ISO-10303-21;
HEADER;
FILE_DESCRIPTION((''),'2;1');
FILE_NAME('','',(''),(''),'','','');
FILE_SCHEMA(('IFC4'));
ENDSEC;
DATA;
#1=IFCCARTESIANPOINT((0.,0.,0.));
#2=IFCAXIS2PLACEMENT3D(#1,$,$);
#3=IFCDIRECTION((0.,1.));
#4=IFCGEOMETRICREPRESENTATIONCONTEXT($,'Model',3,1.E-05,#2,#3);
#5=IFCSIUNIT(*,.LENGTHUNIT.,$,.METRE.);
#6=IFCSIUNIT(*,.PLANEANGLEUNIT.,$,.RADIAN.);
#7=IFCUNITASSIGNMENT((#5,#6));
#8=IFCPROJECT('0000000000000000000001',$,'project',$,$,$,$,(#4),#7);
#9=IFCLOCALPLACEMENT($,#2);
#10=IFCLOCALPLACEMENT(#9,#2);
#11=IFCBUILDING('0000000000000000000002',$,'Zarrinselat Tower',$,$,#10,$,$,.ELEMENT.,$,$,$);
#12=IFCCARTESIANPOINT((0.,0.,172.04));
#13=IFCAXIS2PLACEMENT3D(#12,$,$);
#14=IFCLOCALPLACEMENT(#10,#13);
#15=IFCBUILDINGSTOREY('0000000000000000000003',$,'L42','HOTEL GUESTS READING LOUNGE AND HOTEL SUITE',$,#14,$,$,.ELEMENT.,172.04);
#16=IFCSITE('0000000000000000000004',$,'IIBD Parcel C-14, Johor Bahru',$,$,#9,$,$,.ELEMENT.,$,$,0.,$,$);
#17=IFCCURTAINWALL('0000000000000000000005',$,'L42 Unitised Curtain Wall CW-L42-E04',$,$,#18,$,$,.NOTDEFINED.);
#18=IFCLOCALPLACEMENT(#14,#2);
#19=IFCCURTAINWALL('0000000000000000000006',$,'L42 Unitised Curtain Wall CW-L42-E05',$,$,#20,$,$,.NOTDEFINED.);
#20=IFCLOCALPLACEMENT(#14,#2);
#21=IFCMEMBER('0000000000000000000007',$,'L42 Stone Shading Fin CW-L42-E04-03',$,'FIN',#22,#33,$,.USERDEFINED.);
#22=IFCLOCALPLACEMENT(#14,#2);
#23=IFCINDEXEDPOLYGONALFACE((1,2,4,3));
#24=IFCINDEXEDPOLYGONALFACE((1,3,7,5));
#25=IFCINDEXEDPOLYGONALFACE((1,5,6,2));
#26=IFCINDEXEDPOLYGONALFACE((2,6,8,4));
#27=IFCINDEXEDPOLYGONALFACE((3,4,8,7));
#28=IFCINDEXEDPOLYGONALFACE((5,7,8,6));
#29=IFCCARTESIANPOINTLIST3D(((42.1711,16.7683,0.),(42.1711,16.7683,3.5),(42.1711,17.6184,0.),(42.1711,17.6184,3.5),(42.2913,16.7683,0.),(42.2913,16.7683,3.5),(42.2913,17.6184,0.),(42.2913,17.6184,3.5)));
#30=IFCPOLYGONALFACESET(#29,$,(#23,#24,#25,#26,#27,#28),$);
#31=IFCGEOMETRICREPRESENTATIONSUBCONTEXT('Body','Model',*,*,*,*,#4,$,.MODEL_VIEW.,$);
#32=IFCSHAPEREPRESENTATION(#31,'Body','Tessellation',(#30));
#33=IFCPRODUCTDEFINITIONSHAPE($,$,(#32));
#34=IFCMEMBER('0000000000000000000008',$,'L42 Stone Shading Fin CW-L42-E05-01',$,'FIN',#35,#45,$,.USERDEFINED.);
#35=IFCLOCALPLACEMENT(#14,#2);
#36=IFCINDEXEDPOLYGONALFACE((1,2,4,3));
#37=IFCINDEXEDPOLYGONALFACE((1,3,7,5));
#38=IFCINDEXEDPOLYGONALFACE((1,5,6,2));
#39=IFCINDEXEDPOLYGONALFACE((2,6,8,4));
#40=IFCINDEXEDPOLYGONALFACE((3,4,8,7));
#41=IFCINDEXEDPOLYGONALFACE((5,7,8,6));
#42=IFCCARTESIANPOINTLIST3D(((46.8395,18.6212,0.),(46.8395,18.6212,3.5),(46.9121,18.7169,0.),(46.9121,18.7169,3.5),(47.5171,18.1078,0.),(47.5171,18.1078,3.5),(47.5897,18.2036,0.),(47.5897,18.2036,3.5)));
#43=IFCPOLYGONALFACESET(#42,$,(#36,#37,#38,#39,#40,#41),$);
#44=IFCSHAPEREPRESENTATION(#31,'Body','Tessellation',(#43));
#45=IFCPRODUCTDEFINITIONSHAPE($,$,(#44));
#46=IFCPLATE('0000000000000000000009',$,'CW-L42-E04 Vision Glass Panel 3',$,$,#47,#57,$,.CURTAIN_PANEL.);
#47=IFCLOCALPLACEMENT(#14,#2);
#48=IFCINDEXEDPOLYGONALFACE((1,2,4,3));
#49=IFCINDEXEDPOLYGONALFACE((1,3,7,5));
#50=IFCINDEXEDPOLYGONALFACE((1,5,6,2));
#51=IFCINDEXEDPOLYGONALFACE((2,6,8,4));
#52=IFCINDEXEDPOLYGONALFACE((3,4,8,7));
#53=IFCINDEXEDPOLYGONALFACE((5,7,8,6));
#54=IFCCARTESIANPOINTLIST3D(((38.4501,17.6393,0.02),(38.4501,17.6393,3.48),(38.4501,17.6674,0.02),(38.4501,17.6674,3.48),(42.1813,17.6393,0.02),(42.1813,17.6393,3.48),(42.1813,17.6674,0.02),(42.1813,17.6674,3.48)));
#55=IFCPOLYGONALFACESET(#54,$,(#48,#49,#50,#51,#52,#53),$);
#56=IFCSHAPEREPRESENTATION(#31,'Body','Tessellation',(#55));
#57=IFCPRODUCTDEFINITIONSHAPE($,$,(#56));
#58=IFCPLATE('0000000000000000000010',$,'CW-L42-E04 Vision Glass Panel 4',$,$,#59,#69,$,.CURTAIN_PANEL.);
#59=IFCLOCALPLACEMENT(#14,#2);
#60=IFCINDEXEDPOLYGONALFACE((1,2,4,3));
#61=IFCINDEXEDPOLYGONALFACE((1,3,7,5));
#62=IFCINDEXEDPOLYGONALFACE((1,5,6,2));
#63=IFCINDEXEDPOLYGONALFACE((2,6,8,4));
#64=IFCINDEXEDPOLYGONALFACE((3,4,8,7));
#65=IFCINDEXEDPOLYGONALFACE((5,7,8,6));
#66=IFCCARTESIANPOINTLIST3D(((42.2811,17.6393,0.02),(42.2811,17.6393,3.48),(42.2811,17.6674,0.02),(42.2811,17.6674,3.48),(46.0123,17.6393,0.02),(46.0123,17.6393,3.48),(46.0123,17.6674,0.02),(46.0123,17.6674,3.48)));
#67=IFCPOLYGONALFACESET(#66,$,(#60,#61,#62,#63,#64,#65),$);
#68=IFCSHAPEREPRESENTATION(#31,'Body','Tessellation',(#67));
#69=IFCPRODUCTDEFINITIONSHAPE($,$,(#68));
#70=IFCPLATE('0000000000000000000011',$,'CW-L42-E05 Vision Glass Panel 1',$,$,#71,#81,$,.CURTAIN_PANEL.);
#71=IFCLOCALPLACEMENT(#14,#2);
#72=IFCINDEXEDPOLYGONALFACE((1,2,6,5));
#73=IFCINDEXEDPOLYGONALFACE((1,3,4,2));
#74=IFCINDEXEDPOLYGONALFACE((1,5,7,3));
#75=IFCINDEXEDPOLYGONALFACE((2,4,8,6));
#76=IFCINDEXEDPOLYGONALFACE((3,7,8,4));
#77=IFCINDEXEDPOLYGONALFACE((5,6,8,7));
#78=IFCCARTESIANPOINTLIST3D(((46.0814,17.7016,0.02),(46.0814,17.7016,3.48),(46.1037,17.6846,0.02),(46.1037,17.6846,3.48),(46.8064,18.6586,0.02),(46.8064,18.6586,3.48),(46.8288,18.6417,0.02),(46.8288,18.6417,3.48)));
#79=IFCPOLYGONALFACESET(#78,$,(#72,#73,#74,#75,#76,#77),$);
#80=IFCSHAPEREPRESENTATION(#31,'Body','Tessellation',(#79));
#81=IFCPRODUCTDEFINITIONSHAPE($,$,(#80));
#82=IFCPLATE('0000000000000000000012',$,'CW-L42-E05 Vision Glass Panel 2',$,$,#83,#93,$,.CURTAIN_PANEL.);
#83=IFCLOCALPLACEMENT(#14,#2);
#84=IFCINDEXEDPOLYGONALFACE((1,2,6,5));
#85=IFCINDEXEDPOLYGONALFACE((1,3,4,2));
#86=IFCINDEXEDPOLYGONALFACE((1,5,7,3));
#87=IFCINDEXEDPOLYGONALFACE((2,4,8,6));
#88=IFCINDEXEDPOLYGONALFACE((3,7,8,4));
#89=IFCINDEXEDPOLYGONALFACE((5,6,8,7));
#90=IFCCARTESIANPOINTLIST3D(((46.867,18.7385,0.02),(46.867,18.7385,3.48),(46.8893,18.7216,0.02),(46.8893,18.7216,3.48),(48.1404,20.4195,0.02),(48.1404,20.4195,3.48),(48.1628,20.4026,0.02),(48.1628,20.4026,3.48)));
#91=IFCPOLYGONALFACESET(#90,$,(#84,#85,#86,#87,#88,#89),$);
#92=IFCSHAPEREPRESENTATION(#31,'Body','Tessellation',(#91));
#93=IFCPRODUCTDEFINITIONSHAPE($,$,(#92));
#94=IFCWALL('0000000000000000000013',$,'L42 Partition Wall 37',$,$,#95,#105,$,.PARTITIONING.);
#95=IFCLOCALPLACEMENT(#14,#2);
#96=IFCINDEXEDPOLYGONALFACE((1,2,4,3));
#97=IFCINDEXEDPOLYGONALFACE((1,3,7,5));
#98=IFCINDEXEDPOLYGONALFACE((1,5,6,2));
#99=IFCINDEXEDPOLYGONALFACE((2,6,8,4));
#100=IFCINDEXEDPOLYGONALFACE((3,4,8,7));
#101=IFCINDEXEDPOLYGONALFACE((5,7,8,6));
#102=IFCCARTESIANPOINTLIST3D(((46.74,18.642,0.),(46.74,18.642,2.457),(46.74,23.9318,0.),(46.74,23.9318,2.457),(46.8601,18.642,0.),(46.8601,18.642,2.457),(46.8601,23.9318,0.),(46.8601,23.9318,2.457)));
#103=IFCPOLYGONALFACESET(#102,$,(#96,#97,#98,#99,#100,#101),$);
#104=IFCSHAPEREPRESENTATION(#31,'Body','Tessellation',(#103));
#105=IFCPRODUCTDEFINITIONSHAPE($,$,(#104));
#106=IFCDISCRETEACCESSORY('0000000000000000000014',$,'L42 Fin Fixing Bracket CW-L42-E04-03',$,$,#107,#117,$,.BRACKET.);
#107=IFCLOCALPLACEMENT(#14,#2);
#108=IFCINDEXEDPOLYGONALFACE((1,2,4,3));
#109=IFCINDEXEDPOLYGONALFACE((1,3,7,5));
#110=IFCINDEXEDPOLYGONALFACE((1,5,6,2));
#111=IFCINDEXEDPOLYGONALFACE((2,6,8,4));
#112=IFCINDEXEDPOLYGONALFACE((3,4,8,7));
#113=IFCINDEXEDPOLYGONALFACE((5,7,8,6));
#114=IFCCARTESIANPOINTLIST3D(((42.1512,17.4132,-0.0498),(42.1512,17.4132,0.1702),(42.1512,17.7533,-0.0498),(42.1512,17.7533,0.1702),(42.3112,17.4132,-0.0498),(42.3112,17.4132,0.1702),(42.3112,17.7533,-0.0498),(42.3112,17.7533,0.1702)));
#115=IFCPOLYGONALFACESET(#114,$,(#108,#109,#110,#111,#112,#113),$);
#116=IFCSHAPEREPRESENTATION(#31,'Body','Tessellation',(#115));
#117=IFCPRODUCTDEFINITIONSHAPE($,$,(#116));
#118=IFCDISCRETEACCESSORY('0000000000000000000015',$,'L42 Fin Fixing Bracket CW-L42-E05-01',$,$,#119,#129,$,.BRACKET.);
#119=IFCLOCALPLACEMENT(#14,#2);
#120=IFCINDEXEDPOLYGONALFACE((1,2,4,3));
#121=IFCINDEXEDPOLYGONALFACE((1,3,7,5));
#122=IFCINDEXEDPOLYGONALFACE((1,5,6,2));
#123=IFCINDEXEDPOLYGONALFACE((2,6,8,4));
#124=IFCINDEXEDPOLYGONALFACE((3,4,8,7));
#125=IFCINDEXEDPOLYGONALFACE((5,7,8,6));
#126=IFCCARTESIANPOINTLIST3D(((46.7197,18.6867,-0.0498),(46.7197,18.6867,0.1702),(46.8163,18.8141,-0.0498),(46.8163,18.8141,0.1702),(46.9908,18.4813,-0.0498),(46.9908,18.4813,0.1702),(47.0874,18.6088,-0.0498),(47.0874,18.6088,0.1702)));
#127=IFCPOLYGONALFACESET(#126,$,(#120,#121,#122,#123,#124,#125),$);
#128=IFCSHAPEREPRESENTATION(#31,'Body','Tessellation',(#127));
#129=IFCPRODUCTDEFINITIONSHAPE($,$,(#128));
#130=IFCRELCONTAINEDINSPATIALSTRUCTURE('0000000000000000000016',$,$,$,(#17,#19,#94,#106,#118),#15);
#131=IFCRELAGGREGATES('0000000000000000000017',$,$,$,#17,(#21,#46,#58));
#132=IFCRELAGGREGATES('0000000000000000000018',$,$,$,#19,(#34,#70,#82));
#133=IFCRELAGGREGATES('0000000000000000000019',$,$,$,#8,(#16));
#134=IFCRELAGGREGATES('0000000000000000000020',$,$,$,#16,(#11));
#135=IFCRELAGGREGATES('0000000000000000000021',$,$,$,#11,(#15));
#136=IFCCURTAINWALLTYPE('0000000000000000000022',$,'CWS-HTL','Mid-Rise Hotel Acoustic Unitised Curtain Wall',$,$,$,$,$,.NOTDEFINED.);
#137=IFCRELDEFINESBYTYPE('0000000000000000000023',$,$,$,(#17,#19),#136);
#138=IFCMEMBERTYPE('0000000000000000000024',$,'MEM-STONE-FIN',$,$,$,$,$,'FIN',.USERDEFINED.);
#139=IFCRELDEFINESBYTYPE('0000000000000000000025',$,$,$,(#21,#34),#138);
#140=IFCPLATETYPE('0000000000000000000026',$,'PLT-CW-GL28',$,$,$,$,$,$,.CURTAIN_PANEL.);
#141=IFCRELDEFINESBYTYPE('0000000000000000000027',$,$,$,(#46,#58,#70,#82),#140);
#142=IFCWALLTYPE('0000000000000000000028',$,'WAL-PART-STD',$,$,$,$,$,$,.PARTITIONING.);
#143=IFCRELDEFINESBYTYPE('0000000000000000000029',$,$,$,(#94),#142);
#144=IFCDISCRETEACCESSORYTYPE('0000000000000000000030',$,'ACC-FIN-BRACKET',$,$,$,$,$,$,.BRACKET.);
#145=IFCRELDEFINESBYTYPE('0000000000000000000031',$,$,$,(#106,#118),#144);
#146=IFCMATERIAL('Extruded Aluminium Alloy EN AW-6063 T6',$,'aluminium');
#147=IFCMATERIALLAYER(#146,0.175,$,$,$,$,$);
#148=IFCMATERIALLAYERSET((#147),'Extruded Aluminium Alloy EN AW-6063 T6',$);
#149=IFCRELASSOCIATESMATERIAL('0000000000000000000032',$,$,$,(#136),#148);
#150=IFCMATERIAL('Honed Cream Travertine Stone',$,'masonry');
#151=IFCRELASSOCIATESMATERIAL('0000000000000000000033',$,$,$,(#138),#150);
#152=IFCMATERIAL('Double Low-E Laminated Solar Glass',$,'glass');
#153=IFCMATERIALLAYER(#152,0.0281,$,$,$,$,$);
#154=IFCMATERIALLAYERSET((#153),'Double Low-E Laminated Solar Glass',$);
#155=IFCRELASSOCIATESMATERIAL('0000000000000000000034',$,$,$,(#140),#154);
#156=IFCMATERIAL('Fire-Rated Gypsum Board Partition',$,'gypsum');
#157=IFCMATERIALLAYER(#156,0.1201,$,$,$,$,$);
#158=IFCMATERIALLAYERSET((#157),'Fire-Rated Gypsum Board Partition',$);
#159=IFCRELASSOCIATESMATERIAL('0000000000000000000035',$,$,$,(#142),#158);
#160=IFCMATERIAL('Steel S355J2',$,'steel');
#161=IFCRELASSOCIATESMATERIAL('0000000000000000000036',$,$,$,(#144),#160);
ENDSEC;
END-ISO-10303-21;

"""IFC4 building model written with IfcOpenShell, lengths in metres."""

from ifc_helpers import new_model, si_unit, direction, frame, frame_2d, origin, origin_2d, place, context, subcontext, project, spatial, rectangle, extrude, material, layer, layer_set, material_profile, profile_set, type_object, element, aggregate, save


model = new_model("IFC4")

# Units and contexts
model_context = context("Model", 3, precision=1e-05, world=origin(), true_north=direction((0.0, 1.0)))
body_context = subcontext(model_context, "Body", "Model", "MODEL_VIEW")
ifc_project = project(units=[si_unit("LENGTHUNIT", "METRE"), si_unit("PLANEANGLEUNIT", "RADIAN")], contexts=[model_context])

# Site, building, storey
site_placement = place(None, origin())
site = spatial("IfcSite", under=ifc_project, at=site_placement, Name="IIBD Parcel C-14, Johor Bahru", CompositionType="ELEMENT", RefElevation=0.0)
building_placement = place(site_placement, origin())
building = spatial("IfcBuilding", under=site, at=building_placement, Name="Zarrinselat Tower", CompositionType="ELEMENT")
storey_placement = place(building_placement, frame((0.0, 0.0, 172.04)))
storey = spatial("IfcBuildingStorey", under=building, at=storey_placement, Name="L42", Description="HOTEL GUESTS READING LOUNGE AND HOTEL SUITE", CompositionType="ELEMENT", Elevation=172.04)

# Curtain walls
ifc_material_1 = material(Name="Extruded Aluminium Alloy EN AW-6063 T6", Category="aluminium")
ifc_layer_1 = layer(ifc_material_1, 0.175)
ifc_layer_set_1 = layer_set([ifc_layer_1], Name="Extruded Aluminium Alloy EN AW-6063 T6")
curtain_wall_type = type_object("IfcCurtainWallType", Name="CWS-HTL", Description="Mid-Rise Hotel Acoustic Unitised Curtain Wall", PredefinedType="NOTDEFINED", material=ifc_layer_set_1)
curtain_wall_1_placement = place(storey_placement, origin())
curtain_wall_1 = element("IfcCurtainWall", 1, at=curtain_wall_1_placement, inside=storey, type_object=curtain_wall_type, Name="L42 Unitised Curtain Wall CW-L42-E04", PredefinedType="NOTDEFINED")
curtain_wall_2_placement = place(storey_placement, origin())
curtain_wall_2 = element("IfcCurtainWall", 2, at=curtain_wall_2_placement, inside=storey, type_object=curtain_wall_type, Name="L42 Unitised Curtain Wall CW-L42-E05", PredefinedType="NOTDEFINED")

# Members
ifc_material_2 = material(Name="Honed Cream Travertine Stone", Category="masonry")
ifc_material_profile_1 = material_profile(ifc_material_2, rectangle(XDim=0.1201, YDim=0.8501, at=origin_2d()), Name="FIN 850x120")
ifc_profile_set_1 = profile_set([ifc_material_profile_1], Name="Honed Cream Travertine Stone")
member_type_1 = type_object("IfcMemberType", Name="MEM-STONE-FIN", ElementType="FIN", PredefinedType="USERDEFINED", material=ifc_profile_set_1)
member_1_placement = place(storey_placement, frame((42.2312, 17.1934, 0.0), z_axis=(0.0, 0.0, 1.0), x_axis=(-1.0, 0.0, 0.0)))
member_1 = element("IfcMember", 3, at=member_1_placement, type_object=member_type_1, Name="L42 Stone Shading Fin CW-L42-E04-03", ObjectType="FIN", PredefinedType="USERDEFINED", context=body_context, shape_type="SweptSolid", body=[
    extrude(rectangle(XDim=0.1201, YDim=0.8501, at=origin_2d()), origin(), (0.0, 0.0, 1.0), 3.5),
])
member_2_placement = place(storey_placement, frame((47.2146, 18.4124, 0.0), z_axis=(0.0, 0.0, 1.0), x_axis=(-0.603859, -0.797091, 0.0)))
member_2 = element("IfcMember", 4, at=member_2_placement, type_object=member_type_1, Name="L42 Stone Shading Fin CW-L42-E05-01", ObjectType="FIN", PredefinedType="USERDEFINED", context=body_context, shape_type="SweptSolid", body=[
    extrude(rectangle(XDim=0.1201, YDim=0.8501, at=origin_2d()), origin(), (0.0, 0.0, 1.0), 3.5),
])

# Plates
ifc_material_3 = material(Name="Double Low-E Laminated Solar Glass", Category="glass")
ifc_layer_2 = layer(ifc_material_3, 0.0281)
ifc_layer_set_2 = layer_set([ifc_layer_2], Name="Double Low-E Laminated Solar Glass")
plate_type = type_object("IfcPlateType", Name="PLT-CW-GL28", PredefinedType="CURTAIN_PANEL", material=ifc_layer_set_2)
plate_1_placement = place(storey_placement, frame((40.3157, 17.6533, 0.02), z_axis=(0.0, 0.0, 1.0), x_axis=(1.0, 0.0, 0.0)))
plate_1 = element("IfcPlate", 5, at=plate_1_placement, type_object=plate_type, Name="CW-L42-E04 Vision Glass Panel 3", PredefinedType="CURTAIN_PANEL", context=body_context, shape_type="SweptSolid", body=[
    extrude(rectangle(XDim=3.7312, YDim=0.0281, at=origin_2d()), origin(), (0.0, 0.0, 1.0), 3.46),
])
plate_2_placement = place(storey_placement, frame((44.1467, 17.6533, 0.02), z_axis=(0.0, 0.0, 1.0), x_axis=(1.0, 0.0, 0.0)))
plate_2 = element("IfcPlate", 6, at=plate_2_placement, type_object=plate_type, Name="CW-L42-E04 Vision Glass Panel 4", PredefinedType="CURTAIN_PANEL", context=body_context, shape_type="SweptSolid", body=[
    extrude(rectangle(XDim=3.7312, YDim=0.0281, at=origin_2d()), origin(), (0.0, 0.0, 1.0), 3.46),
])
aggregate(curtain_wall_1, [member_1, plate_1, plate_2])
plate_3_placement = place(storey_placement, frame((46.4551, 18.1716, 0.02), z_axis=(0.0, 0.0, 1.0), x_axis=(0.603859, 0.797091, 0.0)))
plate_3 = element("IfcPlate", 7, at=plate_3_placement, type_object=plate_type, Name="CW-L42-E05 Vision Glass Panel 1", PredefinedType="CURTAIN_PANEL", context=body_context, shape_type="SweptSolid", body=[
    extrude(rectangle(XDim=1.2007, YDim=0.0281, at=origin_2d()), origin(), (0.0, 0.0, 1.0), 3.46),
])
plate_4_placement = place(storey_placement, frame((47.5149, 19.5706, 0.02), z_axis=(0.0, 0.0, 1.0), x_axis=(0.603859, 0.797091, 0.0)))
plate_4 = element("IfcPlate", 8, at=plate_4_placement, type_object=plate_type, Name="CW-L42-E05 Vision Glass Panel 2", PredefinedType="CURTAIN_PANEL", context=body_context, shape_type="SweptSolid", body=[
    extrude(rectangle(XDim=2.1089, YDim=0.0281, at=origin_2d()), origin(), (0.0, 0.0, 1.0), 3.46),
])
aggregate(curtain_wall_2, [member_2, plate_3, plate_4])

# Wall
ifc_material_4 = material(Name="Fire-Rated Gypsum Board Partition", Category="gypsum")
ifc_layer_3 = layer(ifc_material_4, 0.1201)
ifc_layer_set_3 = layer_set([ifc_layer_3], Name="Fire-Rated Gypsum Board Partition")
wall_type = type_object("IfcWallType", Name="WAL-PART-STD", PredefinedType="PARTITIONING", material=ifc_layer_set_3)
wall_placement = place(storey_placement, frame((46.8, 18.6418, 0.0), z_axis=(0.0, 0.0, 1.0), x_axis=(0.0, 1.0, 0.0)))
element("IfcWall", 9, at=wall_placement, inside=storey, type_object=wall_type, Name="L42 Partition Wall 37", PredefinedType="PARTITIONING", context=body_context, shape_type="SweptSolid", body=[
    extrude(rectangle(XDim=5.2898, YDim=0.1201, at=frame_2d((2.645, 0.0))), origin(), (0.0, 0.0, 1.0), 2.457),
])

# Discrete accessories
ifc_material_5 = material(Name="Steel S355J2", Category="steel")
discrete_accessory_type = type_object("IfcDiscreteAccessoryType", Name="ACC-FIN-BRACKET", PredefinedType="BRACKET", material=ifc_material_5)
for number, where, z_axis, x_axis, name in (
    (10, (42.2312, 17.5833, -0.0498), (0.0, 0.0, 1.0), (0.0, -1.0, 0.0), "L42 Fin Fixing Bracket CW-L42-E04-03"),
    (11, (46.9036, 18.6477, -0.0498), (0.0, 0.0, 1.0), (0.797091, -0.603859, 0.0), "L42 Fin Fixing Bracket CW-L42-E05-01"),
):
    element("IfcDiscreteAccessory", number, at=place(storey_placement, frame(where, z_axis=z_axis, x_axis=x_axis)), inside=storey, type_object=discrete_accessory_type, Name=name, PredefinedType="BRACKET", context=body_context, shape_type="SweptSolid", body=[
        extrude(rectangle(XDim=0.3401, YDim=0.1599, at=origin_2d()), origin(), (0.0, 0.0, 1.0), 0.22),
    ])

save(model, "model.ifc")
